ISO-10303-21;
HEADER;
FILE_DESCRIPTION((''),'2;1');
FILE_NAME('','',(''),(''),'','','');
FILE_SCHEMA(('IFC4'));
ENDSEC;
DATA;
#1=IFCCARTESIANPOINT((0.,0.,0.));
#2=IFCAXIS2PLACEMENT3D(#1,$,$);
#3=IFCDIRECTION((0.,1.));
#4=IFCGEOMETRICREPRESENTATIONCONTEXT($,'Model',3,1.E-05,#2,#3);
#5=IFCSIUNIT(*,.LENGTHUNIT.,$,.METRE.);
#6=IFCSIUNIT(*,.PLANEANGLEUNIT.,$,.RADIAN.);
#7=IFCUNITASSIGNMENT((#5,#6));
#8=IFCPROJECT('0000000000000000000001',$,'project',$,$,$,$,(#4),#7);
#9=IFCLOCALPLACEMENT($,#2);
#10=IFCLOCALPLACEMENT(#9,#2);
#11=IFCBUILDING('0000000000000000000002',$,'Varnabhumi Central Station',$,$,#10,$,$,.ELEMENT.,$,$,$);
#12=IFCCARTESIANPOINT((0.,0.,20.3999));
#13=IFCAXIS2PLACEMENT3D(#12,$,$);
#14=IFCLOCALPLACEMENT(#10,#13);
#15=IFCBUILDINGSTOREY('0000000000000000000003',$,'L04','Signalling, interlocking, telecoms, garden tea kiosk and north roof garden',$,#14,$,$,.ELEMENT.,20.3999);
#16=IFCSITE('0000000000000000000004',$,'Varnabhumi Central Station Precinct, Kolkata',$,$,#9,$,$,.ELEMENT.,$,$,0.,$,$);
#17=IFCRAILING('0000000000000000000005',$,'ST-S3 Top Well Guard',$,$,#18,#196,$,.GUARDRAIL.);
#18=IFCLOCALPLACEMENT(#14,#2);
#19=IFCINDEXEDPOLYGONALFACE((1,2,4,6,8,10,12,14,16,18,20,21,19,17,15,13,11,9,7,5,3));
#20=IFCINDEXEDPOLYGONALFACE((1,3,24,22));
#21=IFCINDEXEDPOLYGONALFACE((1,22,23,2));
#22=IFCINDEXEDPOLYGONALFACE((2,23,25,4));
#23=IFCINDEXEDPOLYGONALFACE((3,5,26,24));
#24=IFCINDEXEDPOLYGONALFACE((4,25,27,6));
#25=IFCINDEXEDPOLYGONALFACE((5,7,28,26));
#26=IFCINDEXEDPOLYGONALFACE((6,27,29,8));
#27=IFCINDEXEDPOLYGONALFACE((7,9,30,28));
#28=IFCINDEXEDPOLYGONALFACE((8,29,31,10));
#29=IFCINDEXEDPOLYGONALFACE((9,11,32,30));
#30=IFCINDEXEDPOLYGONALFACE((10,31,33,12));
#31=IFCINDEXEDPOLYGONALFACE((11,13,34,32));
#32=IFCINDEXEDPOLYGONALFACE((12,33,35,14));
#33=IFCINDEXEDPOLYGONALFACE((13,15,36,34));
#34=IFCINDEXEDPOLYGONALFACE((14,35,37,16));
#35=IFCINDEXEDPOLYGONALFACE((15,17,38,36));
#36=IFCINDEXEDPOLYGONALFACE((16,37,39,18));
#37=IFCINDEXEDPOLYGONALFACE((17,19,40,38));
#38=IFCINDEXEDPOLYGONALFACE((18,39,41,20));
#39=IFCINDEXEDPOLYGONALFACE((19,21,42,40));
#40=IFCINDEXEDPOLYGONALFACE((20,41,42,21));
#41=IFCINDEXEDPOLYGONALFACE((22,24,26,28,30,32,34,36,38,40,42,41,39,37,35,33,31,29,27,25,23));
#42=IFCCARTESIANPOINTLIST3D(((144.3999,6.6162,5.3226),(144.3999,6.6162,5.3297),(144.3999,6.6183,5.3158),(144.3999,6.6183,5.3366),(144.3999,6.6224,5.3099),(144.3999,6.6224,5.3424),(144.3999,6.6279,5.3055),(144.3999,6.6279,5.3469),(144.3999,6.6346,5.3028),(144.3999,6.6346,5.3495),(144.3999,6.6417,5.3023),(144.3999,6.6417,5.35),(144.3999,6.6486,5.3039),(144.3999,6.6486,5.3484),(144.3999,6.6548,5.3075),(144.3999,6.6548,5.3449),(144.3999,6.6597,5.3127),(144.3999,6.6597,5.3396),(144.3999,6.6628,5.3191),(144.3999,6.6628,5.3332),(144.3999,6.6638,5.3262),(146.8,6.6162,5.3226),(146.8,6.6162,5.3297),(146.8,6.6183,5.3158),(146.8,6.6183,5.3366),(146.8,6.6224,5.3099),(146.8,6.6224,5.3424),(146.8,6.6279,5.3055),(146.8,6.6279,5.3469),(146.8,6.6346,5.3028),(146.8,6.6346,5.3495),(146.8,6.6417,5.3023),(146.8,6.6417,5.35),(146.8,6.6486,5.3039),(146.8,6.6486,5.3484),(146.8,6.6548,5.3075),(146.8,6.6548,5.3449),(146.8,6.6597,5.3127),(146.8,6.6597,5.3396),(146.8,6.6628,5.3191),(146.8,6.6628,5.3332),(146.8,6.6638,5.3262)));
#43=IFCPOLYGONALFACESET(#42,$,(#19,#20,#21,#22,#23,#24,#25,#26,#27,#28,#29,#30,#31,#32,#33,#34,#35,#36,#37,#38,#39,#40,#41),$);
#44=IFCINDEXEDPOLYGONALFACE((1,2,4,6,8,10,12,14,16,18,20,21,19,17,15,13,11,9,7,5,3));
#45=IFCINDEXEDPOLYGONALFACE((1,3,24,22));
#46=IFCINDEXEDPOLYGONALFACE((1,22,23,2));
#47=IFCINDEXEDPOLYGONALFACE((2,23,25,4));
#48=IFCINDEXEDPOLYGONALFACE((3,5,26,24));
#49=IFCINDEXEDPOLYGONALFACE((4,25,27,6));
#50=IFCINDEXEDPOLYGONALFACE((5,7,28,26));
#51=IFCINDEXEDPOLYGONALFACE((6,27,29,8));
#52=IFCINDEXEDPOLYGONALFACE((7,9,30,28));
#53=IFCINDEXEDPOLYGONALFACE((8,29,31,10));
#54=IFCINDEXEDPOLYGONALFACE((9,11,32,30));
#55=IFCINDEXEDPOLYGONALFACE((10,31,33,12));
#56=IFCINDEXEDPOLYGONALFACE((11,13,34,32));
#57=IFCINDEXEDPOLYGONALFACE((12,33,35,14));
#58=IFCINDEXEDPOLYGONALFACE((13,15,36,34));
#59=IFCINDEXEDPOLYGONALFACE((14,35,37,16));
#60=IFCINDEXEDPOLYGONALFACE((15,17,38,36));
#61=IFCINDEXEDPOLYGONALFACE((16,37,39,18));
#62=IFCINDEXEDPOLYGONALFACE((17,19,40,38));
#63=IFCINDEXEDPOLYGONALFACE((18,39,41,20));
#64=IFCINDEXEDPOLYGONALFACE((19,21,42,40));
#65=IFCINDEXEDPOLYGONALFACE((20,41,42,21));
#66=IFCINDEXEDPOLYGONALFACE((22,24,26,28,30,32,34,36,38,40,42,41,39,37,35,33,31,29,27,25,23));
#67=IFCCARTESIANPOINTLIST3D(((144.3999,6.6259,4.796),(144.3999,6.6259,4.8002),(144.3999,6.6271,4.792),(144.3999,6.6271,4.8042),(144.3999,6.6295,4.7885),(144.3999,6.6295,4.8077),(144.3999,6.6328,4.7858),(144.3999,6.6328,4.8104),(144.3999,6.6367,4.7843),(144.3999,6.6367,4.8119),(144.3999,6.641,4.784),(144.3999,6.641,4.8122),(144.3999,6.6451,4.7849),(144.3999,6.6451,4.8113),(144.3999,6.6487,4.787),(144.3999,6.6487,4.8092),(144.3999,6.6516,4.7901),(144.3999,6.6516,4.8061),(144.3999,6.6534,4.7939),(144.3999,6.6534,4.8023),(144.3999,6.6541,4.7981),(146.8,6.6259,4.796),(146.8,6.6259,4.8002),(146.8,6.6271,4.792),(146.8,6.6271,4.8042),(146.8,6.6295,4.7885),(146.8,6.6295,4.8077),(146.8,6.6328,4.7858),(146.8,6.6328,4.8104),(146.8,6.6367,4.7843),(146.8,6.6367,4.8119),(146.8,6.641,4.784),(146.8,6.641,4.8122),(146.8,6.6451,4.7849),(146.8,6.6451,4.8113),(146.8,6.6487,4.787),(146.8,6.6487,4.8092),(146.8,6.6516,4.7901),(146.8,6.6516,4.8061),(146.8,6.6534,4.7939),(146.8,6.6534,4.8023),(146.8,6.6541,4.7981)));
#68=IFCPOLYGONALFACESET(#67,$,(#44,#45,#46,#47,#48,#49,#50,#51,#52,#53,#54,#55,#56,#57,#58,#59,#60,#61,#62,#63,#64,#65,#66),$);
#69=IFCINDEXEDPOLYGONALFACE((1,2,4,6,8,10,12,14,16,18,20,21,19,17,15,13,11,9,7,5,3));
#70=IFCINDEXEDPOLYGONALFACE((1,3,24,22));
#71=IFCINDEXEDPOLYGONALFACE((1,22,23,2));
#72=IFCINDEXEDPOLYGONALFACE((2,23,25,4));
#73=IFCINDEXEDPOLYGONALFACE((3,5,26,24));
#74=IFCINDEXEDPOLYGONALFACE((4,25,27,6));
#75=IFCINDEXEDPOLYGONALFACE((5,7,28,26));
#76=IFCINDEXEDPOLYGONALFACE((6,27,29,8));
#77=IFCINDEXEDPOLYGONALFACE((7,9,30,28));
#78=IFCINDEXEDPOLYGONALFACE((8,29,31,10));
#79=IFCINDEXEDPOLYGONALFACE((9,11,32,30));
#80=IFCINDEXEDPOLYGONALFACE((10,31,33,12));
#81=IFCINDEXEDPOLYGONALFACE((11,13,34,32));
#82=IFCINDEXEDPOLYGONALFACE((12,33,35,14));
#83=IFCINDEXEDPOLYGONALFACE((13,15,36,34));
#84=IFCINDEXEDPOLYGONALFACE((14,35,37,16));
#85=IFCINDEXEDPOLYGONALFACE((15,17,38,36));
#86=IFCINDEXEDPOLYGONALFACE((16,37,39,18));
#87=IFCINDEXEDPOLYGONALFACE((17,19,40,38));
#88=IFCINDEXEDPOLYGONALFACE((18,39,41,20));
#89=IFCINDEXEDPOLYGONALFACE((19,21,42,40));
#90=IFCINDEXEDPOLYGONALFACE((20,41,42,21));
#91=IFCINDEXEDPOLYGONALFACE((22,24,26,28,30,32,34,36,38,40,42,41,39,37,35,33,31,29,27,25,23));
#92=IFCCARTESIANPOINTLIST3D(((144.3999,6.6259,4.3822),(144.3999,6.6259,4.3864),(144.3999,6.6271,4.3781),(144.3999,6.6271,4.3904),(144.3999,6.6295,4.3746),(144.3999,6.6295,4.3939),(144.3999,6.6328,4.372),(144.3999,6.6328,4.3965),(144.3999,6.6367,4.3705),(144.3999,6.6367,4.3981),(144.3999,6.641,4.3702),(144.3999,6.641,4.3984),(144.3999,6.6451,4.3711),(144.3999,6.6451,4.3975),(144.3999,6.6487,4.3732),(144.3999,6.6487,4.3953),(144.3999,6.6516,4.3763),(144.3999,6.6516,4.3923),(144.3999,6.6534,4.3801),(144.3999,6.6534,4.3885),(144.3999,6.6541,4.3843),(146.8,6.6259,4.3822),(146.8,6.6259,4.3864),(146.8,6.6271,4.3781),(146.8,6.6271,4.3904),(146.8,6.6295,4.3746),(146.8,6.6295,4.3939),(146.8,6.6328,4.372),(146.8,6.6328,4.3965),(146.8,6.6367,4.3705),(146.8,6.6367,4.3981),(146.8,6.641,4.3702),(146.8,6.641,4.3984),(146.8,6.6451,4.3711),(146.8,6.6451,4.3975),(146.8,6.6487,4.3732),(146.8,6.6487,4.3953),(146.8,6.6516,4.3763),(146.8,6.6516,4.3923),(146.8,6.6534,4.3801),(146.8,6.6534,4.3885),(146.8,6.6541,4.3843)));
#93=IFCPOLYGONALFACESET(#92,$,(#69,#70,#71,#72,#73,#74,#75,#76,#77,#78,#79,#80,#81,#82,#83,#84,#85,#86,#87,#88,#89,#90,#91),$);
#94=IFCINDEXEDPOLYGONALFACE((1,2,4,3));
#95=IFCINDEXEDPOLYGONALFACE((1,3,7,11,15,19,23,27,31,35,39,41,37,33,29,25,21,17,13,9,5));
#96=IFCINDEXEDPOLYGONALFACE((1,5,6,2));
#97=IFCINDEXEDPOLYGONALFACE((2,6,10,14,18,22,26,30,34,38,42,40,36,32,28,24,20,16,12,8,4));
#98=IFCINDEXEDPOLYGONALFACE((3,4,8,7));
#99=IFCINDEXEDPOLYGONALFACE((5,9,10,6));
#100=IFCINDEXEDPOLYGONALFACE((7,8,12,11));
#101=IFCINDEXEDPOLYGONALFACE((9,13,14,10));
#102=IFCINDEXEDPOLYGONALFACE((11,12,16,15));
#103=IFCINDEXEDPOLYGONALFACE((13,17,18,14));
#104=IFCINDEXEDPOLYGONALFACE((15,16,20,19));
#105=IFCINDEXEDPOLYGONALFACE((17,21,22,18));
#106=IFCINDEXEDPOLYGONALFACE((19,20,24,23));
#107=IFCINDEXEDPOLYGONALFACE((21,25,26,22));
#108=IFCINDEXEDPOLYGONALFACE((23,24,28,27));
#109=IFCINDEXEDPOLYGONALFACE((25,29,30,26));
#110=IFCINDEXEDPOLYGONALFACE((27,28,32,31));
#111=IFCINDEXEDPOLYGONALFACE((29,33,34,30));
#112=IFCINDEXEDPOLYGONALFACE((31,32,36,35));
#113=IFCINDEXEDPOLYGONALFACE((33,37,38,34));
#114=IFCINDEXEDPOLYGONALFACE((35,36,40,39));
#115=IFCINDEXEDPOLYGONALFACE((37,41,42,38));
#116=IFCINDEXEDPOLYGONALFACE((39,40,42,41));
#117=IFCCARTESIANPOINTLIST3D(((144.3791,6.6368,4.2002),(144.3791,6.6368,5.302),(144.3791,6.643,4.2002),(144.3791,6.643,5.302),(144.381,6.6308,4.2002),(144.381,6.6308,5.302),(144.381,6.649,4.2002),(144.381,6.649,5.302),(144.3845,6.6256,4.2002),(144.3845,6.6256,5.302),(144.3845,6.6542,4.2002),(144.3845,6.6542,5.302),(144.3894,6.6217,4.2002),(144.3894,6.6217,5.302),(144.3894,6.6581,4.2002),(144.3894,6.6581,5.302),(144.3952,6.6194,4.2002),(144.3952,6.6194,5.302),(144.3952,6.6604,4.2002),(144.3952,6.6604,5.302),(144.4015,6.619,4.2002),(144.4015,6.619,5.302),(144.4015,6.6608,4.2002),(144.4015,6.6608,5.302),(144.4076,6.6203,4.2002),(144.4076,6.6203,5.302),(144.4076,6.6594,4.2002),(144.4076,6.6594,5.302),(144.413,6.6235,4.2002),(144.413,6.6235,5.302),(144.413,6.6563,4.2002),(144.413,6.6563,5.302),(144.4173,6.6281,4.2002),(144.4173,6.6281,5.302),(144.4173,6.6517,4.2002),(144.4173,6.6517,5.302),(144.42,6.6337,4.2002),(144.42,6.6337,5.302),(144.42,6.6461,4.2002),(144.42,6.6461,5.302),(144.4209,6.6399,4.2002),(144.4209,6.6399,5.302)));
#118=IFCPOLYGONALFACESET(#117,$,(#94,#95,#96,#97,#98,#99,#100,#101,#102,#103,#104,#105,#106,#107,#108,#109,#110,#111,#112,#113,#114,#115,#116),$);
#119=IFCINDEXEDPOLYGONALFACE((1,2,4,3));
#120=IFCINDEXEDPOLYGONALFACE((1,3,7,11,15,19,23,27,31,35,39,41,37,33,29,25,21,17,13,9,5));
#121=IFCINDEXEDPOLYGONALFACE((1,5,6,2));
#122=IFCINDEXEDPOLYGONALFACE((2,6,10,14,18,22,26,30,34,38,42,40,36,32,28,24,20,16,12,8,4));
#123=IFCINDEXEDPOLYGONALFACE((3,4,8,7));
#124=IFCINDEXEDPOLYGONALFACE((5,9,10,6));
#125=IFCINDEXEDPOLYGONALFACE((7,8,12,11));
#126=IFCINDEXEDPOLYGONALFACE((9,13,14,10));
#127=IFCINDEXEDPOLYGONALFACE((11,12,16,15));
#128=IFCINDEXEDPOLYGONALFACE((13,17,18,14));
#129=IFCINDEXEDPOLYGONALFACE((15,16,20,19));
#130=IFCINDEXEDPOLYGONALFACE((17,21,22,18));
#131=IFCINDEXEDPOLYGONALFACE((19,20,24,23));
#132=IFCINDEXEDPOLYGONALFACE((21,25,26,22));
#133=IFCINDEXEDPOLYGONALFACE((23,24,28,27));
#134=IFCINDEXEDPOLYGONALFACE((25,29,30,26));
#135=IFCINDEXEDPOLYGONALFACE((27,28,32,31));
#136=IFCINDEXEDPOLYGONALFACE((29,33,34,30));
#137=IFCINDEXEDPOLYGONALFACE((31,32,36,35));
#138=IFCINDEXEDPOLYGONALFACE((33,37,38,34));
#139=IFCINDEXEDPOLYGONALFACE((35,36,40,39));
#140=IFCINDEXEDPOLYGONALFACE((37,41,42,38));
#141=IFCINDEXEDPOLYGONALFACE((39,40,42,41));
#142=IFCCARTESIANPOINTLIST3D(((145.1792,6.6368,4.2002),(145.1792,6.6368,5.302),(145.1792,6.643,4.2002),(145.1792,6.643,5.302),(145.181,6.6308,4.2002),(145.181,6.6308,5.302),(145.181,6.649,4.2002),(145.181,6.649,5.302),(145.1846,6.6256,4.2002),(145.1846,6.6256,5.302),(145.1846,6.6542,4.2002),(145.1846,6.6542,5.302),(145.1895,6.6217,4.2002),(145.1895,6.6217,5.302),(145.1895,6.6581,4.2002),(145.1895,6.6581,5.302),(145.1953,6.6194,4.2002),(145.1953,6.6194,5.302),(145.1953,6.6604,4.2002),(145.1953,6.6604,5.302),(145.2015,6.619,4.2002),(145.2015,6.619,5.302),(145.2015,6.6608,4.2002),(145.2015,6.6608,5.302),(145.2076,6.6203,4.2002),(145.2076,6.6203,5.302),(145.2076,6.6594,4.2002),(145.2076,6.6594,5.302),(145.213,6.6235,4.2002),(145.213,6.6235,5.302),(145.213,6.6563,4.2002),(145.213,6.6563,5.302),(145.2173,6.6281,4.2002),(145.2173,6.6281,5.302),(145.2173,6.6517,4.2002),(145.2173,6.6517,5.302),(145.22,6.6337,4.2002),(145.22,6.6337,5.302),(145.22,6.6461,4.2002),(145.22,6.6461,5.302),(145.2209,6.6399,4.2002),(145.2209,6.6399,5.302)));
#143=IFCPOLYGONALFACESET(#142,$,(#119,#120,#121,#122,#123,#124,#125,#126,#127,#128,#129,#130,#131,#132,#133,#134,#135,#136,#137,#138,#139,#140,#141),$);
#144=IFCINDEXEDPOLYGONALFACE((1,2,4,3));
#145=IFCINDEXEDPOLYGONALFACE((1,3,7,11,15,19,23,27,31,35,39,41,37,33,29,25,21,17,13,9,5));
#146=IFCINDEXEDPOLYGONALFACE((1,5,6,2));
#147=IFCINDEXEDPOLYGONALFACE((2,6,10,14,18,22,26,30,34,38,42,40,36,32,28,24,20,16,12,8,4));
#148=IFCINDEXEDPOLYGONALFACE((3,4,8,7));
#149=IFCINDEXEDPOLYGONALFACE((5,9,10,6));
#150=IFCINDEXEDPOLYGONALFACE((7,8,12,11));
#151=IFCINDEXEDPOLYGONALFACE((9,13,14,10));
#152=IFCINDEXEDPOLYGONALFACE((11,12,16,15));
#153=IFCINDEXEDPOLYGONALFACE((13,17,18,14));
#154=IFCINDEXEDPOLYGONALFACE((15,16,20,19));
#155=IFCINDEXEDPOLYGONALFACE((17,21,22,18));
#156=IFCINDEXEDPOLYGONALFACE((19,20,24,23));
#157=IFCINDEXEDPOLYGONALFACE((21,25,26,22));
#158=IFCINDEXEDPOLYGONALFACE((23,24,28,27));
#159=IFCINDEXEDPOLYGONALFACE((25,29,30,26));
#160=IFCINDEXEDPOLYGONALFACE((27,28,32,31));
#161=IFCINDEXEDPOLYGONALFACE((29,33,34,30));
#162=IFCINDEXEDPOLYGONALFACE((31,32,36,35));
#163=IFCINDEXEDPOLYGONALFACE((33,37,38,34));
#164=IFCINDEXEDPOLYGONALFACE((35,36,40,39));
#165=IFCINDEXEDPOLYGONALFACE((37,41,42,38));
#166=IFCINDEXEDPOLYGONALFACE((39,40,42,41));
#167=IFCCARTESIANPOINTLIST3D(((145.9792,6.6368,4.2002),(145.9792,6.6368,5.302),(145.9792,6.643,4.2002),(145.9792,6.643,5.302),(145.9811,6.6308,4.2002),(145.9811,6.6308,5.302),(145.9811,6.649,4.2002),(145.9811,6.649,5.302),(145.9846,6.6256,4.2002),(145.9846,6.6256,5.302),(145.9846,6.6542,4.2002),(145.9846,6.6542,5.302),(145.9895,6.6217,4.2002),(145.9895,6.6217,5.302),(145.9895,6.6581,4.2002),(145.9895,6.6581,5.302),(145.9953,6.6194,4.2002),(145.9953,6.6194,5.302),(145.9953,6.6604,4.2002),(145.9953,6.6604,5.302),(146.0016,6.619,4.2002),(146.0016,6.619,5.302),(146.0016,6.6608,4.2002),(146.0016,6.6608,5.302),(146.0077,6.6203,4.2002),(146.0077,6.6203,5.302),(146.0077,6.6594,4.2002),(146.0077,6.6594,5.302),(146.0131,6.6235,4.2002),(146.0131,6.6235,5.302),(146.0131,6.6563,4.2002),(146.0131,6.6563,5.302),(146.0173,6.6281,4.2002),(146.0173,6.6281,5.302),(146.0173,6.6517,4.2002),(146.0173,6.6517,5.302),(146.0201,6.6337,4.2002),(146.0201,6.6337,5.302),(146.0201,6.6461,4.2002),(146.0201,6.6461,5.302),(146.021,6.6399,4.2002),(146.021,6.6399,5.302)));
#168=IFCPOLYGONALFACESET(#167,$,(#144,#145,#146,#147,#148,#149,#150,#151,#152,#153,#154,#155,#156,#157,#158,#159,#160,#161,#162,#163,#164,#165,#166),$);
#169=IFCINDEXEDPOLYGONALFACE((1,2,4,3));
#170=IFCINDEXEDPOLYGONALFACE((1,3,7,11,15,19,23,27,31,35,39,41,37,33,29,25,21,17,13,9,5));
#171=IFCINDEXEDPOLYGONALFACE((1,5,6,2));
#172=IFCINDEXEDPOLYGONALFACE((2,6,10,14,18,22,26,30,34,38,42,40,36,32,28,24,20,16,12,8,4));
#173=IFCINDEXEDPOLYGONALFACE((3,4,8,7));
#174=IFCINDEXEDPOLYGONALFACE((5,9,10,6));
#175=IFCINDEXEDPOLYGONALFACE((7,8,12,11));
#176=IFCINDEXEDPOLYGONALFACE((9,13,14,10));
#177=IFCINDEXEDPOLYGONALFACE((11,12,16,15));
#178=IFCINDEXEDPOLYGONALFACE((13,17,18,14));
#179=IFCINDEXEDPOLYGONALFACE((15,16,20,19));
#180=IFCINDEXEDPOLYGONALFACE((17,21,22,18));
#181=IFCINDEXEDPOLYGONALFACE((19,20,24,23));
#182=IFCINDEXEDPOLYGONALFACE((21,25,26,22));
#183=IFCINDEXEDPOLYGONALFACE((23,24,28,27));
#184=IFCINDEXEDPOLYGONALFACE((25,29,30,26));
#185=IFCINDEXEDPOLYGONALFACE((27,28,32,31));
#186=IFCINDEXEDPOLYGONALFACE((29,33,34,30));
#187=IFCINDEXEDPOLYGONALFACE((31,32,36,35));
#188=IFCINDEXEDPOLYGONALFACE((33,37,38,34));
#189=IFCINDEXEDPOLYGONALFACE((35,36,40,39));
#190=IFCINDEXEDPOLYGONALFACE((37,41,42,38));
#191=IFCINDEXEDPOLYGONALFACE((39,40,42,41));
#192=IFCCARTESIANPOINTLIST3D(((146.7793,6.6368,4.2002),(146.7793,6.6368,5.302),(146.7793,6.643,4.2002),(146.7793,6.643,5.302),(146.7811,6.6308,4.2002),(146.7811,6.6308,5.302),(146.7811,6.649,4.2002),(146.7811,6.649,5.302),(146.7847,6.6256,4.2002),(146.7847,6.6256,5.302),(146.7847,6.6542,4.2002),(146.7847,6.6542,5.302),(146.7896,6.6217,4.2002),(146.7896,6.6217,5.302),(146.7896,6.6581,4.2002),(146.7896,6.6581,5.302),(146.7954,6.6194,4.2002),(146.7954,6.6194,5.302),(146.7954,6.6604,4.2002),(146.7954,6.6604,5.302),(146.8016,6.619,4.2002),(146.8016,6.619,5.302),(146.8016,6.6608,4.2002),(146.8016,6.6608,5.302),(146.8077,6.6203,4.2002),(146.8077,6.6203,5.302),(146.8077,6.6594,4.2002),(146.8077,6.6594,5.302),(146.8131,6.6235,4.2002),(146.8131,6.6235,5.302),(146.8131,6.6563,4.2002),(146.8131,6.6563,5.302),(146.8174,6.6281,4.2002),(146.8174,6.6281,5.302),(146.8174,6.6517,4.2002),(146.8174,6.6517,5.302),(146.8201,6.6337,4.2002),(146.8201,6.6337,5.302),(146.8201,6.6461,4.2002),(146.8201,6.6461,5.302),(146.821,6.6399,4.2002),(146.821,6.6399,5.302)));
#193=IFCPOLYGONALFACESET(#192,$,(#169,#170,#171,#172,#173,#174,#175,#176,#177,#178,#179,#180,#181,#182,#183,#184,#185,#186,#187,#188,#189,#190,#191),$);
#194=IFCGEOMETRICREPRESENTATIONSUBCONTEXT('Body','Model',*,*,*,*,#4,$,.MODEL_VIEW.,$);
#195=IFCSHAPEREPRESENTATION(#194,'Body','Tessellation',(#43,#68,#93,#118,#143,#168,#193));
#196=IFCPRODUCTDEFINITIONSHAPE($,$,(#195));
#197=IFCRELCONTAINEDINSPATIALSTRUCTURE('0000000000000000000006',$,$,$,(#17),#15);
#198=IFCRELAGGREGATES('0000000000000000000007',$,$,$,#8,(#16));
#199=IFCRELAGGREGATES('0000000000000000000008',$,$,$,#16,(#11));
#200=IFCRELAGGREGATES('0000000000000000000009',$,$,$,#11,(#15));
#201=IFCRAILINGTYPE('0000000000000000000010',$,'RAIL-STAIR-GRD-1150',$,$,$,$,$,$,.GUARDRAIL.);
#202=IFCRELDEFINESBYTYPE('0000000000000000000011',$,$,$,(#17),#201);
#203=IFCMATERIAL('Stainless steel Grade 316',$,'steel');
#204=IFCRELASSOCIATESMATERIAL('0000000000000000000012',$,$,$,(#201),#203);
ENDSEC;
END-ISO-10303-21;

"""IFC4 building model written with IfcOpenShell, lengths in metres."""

from ifc_helpers import new_model, si_unit, direction, frame, origin, origin_2d, place, context, subcontext, project, spatial, circle, extrude, material, type_object, element, save


model = new_model("IFC4")

# Units and contexts
model_context = context("Model", 3, precision=1e-05, world=origin(), true_north=direction((0.0, 1.0)))
body_context = subcontext(model_context, "Body", "Model", "MODEL_VIEW")
ifc_project = project(units=[si_unit("LENGTHUNIT", "METRE"), si_unit("PLANEANGLEUNIT", "RADIAN")], contexts=[model_context])

# Site, building, storey
site_placement = place(None, origin())
site = spatial("IfcSite", under=ifc_project, at=site_placement, Name="Varnabhumi Central Station Precinct, Kolkata", CompositionType="ELEMENT", RefElevation=0.0)
building_placement = place(site_placement, origin())
building = spatial("IfcBuilding", under=site, at=building_placement, Name="Varnabhumi Central Station", CompositionType="ELEMENT")
storey_placement = place(building_placement, frame((0.0, 0.0, 20.3999)))
storey = spatial("IfcBuildingStorey", under=building, at=storey_placement, Name="L04", Description="Signalling, interlocking, telecoms, garden tea kiosk and north roof garden", CompositionType="ELEMENT", Elevation=20.3999)

# Shared definitions
ifc_material_1 = material(Name="Stainless steel Grade 316", Category="steel")

# Railing
railing_type_1 = type_object("IfcRailingType", Name="RAIL-STAIR-GRD-1150", PredefinedType="GUARDRAIL", material=ifc_material_1)
railing_1_placement = place(storey_placement, frame((144.3999, 6.6399, 4.2002)))
element("IfcRailing", 1, at=railing_1_placement, inside=storey, type_object=railing_type_1, Name="ST-S3 Top Well Guard", PredefinedType="GUARDRAIL", context=body_context, shape_type="SweptSolid", body=[
    extrude(circle(Radius=0.0239, at=origin_2d()), frame((0.0, 0.0, 1.126), z_axis=(1.0, 0.0, 0.0), x_axis=(0.0, 1.0, 0.0)), (0.0, 0.0, 1.0), 2.4001),
    extrude(circle(Radius=0.0142, at=origin_2d()), frame((0.0, 0.0, 0.5979), z_axis=(1.0, 0.0, 0.0), x_axis=(0.0, 1.0, 0.0)), (0.0, 0.0, 1.0), 2.4001),
    extrude(circle(Radius=0.0142, at=origin_2d()), frame((0.0, 0.0, 0.1841), z_axis=(1.0, 0.0, 0.0), x_axis=(0.0, 1.0, 0.0)), (0.0, 0.0, 1.0), 2.4001),
    extrude(circle(Radius=0.021, at=origin_2d()), origin(), (0.0, 0.0, 1.0), 1.1018),
    extrude(circle(Radius=0.021, at=origin_2d()), frame((0.8, 0.0, 0.0)), (0.0, 0.0, 1.0), 1.1018),
    extrude(circle(Radius=0.021, at=origin_2d()), frame((1.6001, 0.0, 0.0)), (0.0, 0.0, 1.0), 1.1018),
    extrude(circle(Radius=0.021, at=origin_2d()), frame((2.4001, 0.0, 0.0)), (0.0, 0.0, 1.0), 1.1018),
])

save(model, "model.ifc")
